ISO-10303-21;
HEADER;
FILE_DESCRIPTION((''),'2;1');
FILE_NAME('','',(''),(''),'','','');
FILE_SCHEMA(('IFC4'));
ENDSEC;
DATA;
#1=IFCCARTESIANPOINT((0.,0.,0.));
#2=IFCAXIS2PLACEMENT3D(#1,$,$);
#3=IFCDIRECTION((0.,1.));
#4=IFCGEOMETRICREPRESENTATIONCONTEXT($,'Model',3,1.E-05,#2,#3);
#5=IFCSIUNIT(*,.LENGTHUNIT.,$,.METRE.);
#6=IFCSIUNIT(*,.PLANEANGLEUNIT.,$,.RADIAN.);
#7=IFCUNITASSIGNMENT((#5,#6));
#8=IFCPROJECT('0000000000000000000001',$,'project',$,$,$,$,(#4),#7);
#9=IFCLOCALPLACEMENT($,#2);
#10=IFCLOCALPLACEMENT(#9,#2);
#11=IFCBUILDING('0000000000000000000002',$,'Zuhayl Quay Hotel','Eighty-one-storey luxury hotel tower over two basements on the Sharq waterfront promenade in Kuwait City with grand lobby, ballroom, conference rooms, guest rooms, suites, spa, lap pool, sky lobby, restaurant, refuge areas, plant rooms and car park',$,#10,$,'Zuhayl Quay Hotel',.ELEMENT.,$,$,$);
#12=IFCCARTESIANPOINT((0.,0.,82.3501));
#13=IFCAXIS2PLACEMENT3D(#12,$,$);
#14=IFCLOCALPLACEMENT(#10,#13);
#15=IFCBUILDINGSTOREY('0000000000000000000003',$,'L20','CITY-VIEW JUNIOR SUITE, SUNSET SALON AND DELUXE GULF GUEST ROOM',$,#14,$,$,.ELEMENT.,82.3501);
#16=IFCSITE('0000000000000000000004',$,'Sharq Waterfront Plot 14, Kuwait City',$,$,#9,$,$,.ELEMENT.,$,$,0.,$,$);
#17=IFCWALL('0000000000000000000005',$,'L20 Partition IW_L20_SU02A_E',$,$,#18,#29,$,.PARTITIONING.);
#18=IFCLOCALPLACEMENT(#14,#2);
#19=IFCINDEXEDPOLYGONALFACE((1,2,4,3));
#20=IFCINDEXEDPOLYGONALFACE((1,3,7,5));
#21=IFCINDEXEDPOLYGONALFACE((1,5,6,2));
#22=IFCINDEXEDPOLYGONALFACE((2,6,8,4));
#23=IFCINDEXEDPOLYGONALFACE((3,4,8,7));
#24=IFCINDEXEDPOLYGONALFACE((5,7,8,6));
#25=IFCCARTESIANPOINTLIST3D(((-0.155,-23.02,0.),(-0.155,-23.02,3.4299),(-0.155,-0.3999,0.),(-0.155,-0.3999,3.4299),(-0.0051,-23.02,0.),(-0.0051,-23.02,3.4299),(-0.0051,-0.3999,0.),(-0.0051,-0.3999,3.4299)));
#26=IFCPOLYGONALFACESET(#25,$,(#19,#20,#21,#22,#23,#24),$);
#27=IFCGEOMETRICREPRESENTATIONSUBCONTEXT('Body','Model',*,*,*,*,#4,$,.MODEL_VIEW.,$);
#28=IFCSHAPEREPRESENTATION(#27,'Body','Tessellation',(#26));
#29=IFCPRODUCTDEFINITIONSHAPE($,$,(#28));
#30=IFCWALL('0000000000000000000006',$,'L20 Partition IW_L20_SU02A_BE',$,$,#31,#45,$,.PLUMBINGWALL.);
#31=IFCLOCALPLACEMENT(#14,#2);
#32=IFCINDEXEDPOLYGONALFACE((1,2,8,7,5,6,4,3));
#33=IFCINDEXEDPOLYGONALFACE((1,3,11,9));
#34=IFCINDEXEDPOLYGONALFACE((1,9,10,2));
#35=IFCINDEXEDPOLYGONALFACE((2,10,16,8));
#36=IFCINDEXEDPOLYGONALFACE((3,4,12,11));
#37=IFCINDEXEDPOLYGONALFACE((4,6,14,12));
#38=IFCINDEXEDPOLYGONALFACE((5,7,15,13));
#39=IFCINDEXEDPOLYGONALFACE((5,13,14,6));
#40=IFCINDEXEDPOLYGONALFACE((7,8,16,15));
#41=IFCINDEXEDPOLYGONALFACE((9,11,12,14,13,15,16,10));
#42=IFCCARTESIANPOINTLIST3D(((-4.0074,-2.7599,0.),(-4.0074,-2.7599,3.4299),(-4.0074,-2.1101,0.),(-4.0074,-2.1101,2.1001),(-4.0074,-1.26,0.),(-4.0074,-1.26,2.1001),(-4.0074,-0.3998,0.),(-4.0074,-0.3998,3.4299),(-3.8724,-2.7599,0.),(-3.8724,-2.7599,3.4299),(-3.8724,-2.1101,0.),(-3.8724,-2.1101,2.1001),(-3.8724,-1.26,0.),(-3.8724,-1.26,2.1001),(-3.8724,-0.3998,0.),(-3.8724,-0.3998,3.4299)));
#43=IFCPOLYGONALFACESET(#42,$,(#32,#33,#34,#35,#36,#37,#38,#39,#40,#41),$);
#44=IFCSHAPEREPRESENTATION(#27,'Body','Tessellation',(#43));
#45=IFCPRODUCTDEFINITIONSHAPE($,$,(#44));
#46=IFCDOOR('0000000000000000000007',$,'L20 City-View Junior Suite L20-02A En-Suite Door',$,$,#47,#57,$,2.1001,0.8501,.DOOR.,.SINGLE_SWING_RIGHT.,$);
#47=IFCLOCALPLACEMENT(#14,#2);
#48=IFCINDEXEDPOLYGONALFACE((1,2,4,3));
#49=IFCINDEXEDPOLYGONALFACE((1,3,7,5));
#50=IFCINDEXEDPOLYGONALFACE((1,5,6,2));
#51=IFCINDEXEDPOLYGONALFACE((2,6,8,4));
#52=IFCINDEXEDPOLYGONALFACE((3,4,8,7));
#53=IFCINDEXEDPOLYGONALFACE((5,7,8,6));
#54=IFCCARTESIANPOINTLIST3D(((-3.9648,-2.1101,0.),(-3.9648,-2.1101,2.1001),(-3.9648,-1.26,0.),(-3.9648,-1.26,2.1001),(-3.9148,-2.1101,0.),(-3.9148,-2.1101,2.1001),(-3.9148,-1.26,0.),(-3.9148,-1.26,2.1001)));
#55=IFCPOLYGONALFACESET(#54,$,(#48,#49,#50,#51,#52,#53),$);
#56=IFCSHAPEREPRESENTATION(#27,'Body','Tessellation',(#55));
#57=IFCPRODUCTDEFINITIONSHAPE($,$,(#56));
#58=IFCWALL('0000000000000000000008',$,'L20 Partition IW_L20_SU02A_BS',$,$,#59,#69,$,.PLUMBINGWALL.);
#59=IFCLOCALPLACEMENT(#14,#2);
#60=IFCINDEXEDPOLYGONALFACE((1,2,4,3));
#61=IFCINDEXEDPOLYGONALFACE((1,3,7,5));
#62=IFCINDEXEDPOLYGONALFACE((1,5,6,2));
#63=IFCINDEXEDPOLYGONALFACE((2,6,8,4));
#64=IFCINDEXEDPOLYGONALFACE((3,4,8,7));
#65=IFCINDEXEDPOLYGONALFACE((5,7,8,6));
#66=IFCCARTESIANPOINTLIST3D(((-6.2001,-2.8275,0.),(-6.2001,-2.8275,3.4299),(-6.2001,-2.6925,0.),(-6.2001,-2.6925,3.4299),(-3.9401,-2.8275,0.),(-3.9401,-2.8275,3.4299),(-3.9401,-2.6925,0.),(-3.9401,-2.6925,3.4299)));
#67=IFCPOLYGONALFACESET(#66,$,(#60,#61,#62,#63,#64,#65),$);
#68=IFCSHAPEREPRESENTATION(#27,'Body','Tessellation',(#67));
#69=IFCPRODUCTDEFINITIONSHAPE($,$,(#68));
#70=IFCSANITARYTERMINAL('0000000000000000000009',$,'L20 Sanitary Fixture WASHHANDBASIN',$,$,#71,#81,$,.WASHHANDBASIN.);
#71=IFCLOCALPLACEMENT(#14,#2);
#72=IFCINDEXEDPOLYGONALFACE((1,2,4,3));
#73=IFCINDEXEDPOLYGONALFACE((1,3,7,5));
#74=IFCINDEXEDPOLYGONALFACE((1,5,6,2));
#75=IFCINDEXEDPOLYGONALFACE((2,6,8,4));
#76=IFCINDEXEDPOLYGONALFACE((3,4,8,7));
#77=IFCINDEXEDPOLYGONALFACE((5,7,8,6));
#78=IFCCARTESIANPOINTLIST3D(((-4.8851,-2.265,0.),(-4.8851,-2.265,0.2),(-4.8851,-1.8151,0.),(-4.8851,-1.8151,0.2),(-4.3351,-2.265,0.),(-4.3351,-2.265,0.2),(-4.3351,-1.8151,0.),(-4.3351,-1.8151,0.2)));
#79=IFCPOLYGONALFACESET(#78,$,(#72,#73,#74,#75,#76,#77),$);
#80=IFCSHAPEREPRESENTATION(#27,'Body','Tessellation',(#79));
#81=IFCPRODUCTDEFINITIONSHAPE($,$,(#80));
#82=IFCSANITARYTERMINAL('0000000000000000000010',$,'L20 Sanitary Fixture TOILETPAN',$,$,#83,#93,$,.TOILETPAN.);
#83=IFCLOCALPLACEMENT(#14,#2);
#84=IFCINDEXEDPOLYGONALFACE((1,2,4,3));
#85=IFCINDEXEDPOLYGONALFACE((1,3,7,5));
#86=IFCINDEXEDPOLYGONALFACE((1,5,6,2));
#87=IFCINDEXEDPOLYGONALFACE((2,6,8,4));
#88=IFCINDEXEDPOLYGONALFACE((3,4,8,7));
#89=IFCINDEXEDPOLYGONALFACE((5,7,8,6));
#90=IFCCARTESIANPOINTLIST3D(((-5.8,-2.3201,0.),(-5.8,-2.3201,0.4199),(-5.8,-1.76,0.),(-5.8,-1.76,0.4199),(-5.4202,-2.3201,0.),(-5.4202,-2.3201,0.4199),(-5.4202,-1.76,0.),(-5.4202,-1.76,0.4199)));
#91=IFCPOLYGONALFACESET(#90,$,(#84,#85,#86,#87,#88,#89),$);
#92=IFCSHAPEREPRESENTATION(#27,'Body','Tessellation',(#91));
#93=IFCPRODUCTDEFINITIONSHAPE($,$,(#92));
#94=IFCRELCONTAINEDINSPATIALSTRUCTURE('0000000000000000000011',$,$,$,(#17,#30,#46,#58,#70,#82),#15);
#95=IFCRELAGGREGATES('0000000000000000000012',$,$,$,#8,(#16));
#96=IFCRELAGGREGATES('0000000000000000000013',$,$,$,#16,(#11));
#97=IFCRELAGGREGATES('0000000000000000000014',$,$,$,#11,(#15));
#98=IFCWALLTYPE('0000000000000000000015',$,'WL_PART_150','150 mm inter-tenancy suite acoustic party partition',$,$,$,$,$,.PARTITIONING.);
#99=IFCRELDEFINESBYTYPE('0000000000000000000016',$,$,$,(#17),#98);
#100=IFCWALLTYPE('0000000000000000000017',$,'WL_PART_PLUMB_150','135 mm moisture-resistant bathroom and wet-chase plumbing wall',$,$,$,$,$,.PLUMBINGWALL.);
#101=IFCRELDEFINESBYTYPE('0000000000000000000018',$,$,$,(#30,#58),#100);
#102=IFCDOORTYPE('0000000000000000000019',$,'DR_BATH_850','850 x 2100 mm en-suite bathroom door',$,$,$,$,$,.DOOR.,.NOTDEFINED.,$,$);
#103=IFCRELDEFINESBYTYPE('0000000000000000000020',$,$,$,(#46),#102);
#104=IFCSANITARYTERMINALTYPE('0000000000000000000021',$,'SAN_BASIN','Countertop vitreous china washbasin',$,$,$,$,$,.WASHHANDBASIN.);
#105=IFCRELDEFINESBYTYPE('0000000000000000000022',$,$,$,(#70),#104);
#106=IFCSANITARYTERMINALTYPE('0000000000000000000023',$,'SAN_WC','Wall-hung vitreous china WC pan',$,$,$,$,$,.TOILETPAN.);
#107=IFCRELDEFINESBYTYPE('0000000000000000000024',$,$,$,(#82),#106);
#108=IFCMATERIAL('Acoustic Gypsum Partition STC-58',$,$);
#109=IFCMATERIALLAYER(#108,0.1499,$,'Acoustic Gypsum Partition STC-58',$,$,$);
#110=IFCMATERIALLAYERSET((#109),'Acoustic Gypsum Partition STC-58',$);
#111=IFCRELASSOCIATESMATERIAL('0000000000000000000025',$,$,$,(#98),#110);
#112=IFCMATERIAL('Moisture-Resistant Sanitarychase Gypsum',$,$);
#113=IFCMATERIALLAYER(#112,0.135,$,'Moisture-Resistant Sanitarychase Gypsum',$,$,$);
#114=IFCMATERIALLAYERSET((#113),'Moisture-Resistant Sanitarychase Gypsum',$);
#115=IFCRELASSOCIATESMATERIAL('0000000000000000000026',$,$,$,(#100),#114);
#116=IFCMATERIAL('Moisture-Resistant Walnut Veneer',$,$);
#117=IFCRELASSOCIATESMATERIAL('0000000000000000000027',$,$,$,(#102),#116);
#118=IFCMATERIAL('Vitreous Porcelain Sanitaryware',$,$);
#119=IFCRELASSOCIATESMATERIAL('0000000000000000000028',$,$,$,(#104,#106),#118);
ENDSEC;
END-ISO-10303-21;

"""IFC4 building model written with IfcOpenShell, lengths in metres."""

from ifc_helpers import new_model, si_unit, direction, frame, frame_2d, origin, origin_2d, place, context, subcontext, project, spatial, rectangle, extrude, material, layer, layer_set, type_object, element, fill, save


model = new_model("IFC4")

# Units and contexts
model_context = context("Model", 3, precision=1e-05, world=origin(), true_north=direction((0.0, 1.0)))
body_context = subcontext(model_context, "Body", "Model", "MODEL_VIEW")
ifc_project = project(units=[si_unit("LENGTHUNIT", "METRE"), si_unit("PLANEANGLEUNIT", "RADIAN")], contexts=[model_context])

# Site, building, storey
site_placement = place(None, origin())
site = spatial("IfcSite", under=ifc_project, at=site_placement, Name="Sharq Waterfront Plot 14, Kuwait City", CompositionType="ELEMENT", RefElevation=0.0)
building_placement = place(site_placement, origin())
building = spatial("IfcBuilding", under=site, at=building_placement, Name="Zuhayl Quay Hotel", Description="Eighty-one-storey luxury hotel tower over two basements on the Sharq waterfront promenade in Kuwait City with grand lobby, ballroom, conference rooms, guest rooms, suites, spa, lap pool, sky lobby, restaurant, refuge areas, plant rooms and car park", LongName="Zuhayl Quay Hotel", CompositionType="ELEMENT")
storey_placement = place(building_placement, frame((0.0, 0.0, 82.3501)))
storey = spatial("IfcBuildingStorey", under=building, at=storey_placement, Name="L20", Description="CITY-VIEW JUNIOR SUITE, SUNSET SALON AND DELUXE GULF GUEST ROOM", CompositionType="ELEMENT", Elevation=82.3501)

# Wall
ifc_material_1 = material(Name="Acoustic Gypsum Partition STC-58")
ifc_layer_1 = layer(ifc_material_1, 0.1499, Name="Acoustic Gypsum Partition STC-58")
ifc_layer_set_1 = layer_set([ifc_layer_1], Name="Acoustic Gypsum Partition STC-58")
wall_type_1 = type_object("IfcWallType", Name="WL_PART_150", Description="150 mm inter-tenancy suite acoustic party partition", PredefinedType="PARTITIONING", material=ifc_layer_set_1)
wall_1_placement = place(storey_placement, frame((-0.0801, -23.02, 0.0), z_axis=(0.0, 0.0, 1.0), x_axis=(0.0, 1.0, 0.0)))
element("IfcWall", 1, at=wall_1_placement, inside=storey, type_object=wall_type_1, Name="L20 Partition IW_L20_SU02A_E", PredefinedType="PARTITIONING", context=body_context, shape_type="SweptSolid", body=[
    extrude(rectangle(XDim=22.6201, YDim=0.1499, at=frame_2d((11.3101, 0.0))), origin(), (0.0, 0.0, 1.0), 3.4299),
])

# Wall, opening, door
ifc_material_2 = material(Name="Moisture-Resistant Sanitarychase Gypsum")
ifc_layer_2 = layer(ifc_material_2, 0.135, Name="Moisture-Resistant Sanitarychase Gypsum")
ifc_layer_set_2 = layer_set([ifc_layer_2], Name="Moisture-Resistant Sanitarychase Gypsum")
wall_type_2 = type_object("IfcWallType", Name="WL_PART_PLUMB_150", Description="135 mm moisture-resistant bathroom and wet-chase plumbing wall", PredefinedType="PLUMBINGWALL", material=ifc_layer_set_2)
wall_2_placement = place(storey_placement, frame((-3.9399, -2.76, 0.0), z_axis=(0.0, 0.0, 1.0), x_axis=(0.0, 1.0, 0.0)))
wall_2 = element("IfcWall", 2, at=wall_2_placement, inside=storey, type_object=wall_type_2, Name="L20 Partition IW_L20_SU02A_BE", PredefinedType="PLUMBINGWALL", context=body_context, shape_type="SweptSolid", body=[
    extrude(rectangle(XDim=2.3601, YDim=0.135, at=frame_2d((1.1802, 0.0))), origin(), (0.0, 0.0, 1.0), 3.4299),
])
opening_placement = place(wall_2_placement, frame((0.6499, 0.0, 0.0)))
opening = element("IfcOpeningElement", 3, at=opening_placement, cuts=wall_2, PredefinedType="OPENING", context=body_context, shape_type="SweptSolid", body=[
    extrude(rectangle(XDim=0.8501, YDim=2.1001, at=frame_2d((0.425, 1.05))), frame((0.0, 0.0774, 0.0), z_axis=(0.0, -1.0, 0.0), x_axis=(1.0, 0.0, 0.0)), (0.0, 0.0, 1.0), 0.155),
])
ifc_material_3 = material(Name="Moisture-Resistant Walnut Veneer")
door_type = type_object("IfcDoorType", Name="DR_BATH_850", Description="850 x 2100 mm en-suite bathroom door", OperationType="NOTDEFINED", PredefinedType="DOOR", material=ifc_material_3)
door_placement = place(opening_placement, origin())
door = element("IfcDoor", 4, at=door_placement, inside=storey, type_object=door_type, Name="L20 City-View Junior Suite L20-02A En-Suite Door", OperationType="SINGLE_SWING_RIGHT", OverallHeight=2.1001, OverallWidth=0.8501, PredefinedType="DOOR", context=body_context, shape_type="SweptSolid", body=[
    extrude(rectangle(XDim=0.8501, YDim=2.1001, at=frame_2d((0.425, 1.05))), frame((0.0, 0.0249, 0.0), z_axis=(0.0, -1.0, 0.0), x_axis=(1.0, 0.0, 0.0)), (0.0, 0.0, 1.0), 0.05),
])
fill(opening, door)

# Wall
wall_3_placement = place(storey_placement, frame((-6.2, -2.76, 0.0), z_axis=(0.0, 0.0, 1.0), x_axis=(1.0, 0.0, 0.0)))
element("IfcWall", 5, at=wall_3_placement, inside=storey, type_object=wall_type_2, Name="L20 Partition IW_L20_SU02A_BS", PredefinedType="PLUMBINGWALL", context=body_context, shape_type="SweptSolid", body=[
    extrude(rectangle(XDim=2.26, YDim=0.135, at=frame_2d((1.1299, 0.0))), origin(), (0.0, 0.0, 1.0), 3.4299),
])

# Sanitary terminals
ifc_material_4 = material(Name="Vitreous Porcelain Sanitaryware")
sanitary_terminal_type_1 = type_object("IfcSanitaryTerminalType", Name="SAN_BASIN", Description="Countertop vitreous china washbasin", PredefinedType="WASHHANDBASIN", material=ifc_material_4)
sanitary_terminal_1_placement = place(storey_placement, frame((-4.6101, -2.04, 0.0), z_axis=(0.0, 0.0, 1.0), x_axis=(1.0, 0.0, 0.0)))
element("IfcSanitaryTerminal", 6, at=sanitary_terminal_1_placement, inside=storey, type_object=sanitary_terminal_type_1, Name="L20 Sanitary Fixture WASHHANDBASIN", PredefinedType="WASHHANDBASIN", context=body_context, shape_type="SweptSolid", body=[
    extrude(rectangle(XDim=0.55, YDim=0.45, at=origin_2d()), origin(), (0.0, 0.0, 1.0), 0.2),
])
sanitary_terminal_type_2 = type_object("IfcSanitaryTerminalType", Name="SAN_WC", Description="Wall-hung vitreous china WC pan", PredefinedType="TOILETPAN", material=ifc_material_4)
sanitary_terminal_2_placement = place(storey_placement, frame((-5.6101, -2.04, 0.0), z_axis=(0.0, 0.0, 1.0), x_axis=(1.0, 0.0, 0.0)))
element("IfcSanitaryTerminal", 7, at=sanitary_terminal_2_placement, inside=storey, type_object=sanitary_terminal_type_2, Name="L20 Sanitary Fixture TOILETPAN", PredefinedType="TOILETPAN", context=body_context, shape_type="SweptSolid", body=[
    extrude(rectangle(XDim=0.3799, YDim=0.5601, at=origin_2d()), origin(), (0.0, 0.0, 1.0), 0.4199),
])

save(model, "model.ifc")
